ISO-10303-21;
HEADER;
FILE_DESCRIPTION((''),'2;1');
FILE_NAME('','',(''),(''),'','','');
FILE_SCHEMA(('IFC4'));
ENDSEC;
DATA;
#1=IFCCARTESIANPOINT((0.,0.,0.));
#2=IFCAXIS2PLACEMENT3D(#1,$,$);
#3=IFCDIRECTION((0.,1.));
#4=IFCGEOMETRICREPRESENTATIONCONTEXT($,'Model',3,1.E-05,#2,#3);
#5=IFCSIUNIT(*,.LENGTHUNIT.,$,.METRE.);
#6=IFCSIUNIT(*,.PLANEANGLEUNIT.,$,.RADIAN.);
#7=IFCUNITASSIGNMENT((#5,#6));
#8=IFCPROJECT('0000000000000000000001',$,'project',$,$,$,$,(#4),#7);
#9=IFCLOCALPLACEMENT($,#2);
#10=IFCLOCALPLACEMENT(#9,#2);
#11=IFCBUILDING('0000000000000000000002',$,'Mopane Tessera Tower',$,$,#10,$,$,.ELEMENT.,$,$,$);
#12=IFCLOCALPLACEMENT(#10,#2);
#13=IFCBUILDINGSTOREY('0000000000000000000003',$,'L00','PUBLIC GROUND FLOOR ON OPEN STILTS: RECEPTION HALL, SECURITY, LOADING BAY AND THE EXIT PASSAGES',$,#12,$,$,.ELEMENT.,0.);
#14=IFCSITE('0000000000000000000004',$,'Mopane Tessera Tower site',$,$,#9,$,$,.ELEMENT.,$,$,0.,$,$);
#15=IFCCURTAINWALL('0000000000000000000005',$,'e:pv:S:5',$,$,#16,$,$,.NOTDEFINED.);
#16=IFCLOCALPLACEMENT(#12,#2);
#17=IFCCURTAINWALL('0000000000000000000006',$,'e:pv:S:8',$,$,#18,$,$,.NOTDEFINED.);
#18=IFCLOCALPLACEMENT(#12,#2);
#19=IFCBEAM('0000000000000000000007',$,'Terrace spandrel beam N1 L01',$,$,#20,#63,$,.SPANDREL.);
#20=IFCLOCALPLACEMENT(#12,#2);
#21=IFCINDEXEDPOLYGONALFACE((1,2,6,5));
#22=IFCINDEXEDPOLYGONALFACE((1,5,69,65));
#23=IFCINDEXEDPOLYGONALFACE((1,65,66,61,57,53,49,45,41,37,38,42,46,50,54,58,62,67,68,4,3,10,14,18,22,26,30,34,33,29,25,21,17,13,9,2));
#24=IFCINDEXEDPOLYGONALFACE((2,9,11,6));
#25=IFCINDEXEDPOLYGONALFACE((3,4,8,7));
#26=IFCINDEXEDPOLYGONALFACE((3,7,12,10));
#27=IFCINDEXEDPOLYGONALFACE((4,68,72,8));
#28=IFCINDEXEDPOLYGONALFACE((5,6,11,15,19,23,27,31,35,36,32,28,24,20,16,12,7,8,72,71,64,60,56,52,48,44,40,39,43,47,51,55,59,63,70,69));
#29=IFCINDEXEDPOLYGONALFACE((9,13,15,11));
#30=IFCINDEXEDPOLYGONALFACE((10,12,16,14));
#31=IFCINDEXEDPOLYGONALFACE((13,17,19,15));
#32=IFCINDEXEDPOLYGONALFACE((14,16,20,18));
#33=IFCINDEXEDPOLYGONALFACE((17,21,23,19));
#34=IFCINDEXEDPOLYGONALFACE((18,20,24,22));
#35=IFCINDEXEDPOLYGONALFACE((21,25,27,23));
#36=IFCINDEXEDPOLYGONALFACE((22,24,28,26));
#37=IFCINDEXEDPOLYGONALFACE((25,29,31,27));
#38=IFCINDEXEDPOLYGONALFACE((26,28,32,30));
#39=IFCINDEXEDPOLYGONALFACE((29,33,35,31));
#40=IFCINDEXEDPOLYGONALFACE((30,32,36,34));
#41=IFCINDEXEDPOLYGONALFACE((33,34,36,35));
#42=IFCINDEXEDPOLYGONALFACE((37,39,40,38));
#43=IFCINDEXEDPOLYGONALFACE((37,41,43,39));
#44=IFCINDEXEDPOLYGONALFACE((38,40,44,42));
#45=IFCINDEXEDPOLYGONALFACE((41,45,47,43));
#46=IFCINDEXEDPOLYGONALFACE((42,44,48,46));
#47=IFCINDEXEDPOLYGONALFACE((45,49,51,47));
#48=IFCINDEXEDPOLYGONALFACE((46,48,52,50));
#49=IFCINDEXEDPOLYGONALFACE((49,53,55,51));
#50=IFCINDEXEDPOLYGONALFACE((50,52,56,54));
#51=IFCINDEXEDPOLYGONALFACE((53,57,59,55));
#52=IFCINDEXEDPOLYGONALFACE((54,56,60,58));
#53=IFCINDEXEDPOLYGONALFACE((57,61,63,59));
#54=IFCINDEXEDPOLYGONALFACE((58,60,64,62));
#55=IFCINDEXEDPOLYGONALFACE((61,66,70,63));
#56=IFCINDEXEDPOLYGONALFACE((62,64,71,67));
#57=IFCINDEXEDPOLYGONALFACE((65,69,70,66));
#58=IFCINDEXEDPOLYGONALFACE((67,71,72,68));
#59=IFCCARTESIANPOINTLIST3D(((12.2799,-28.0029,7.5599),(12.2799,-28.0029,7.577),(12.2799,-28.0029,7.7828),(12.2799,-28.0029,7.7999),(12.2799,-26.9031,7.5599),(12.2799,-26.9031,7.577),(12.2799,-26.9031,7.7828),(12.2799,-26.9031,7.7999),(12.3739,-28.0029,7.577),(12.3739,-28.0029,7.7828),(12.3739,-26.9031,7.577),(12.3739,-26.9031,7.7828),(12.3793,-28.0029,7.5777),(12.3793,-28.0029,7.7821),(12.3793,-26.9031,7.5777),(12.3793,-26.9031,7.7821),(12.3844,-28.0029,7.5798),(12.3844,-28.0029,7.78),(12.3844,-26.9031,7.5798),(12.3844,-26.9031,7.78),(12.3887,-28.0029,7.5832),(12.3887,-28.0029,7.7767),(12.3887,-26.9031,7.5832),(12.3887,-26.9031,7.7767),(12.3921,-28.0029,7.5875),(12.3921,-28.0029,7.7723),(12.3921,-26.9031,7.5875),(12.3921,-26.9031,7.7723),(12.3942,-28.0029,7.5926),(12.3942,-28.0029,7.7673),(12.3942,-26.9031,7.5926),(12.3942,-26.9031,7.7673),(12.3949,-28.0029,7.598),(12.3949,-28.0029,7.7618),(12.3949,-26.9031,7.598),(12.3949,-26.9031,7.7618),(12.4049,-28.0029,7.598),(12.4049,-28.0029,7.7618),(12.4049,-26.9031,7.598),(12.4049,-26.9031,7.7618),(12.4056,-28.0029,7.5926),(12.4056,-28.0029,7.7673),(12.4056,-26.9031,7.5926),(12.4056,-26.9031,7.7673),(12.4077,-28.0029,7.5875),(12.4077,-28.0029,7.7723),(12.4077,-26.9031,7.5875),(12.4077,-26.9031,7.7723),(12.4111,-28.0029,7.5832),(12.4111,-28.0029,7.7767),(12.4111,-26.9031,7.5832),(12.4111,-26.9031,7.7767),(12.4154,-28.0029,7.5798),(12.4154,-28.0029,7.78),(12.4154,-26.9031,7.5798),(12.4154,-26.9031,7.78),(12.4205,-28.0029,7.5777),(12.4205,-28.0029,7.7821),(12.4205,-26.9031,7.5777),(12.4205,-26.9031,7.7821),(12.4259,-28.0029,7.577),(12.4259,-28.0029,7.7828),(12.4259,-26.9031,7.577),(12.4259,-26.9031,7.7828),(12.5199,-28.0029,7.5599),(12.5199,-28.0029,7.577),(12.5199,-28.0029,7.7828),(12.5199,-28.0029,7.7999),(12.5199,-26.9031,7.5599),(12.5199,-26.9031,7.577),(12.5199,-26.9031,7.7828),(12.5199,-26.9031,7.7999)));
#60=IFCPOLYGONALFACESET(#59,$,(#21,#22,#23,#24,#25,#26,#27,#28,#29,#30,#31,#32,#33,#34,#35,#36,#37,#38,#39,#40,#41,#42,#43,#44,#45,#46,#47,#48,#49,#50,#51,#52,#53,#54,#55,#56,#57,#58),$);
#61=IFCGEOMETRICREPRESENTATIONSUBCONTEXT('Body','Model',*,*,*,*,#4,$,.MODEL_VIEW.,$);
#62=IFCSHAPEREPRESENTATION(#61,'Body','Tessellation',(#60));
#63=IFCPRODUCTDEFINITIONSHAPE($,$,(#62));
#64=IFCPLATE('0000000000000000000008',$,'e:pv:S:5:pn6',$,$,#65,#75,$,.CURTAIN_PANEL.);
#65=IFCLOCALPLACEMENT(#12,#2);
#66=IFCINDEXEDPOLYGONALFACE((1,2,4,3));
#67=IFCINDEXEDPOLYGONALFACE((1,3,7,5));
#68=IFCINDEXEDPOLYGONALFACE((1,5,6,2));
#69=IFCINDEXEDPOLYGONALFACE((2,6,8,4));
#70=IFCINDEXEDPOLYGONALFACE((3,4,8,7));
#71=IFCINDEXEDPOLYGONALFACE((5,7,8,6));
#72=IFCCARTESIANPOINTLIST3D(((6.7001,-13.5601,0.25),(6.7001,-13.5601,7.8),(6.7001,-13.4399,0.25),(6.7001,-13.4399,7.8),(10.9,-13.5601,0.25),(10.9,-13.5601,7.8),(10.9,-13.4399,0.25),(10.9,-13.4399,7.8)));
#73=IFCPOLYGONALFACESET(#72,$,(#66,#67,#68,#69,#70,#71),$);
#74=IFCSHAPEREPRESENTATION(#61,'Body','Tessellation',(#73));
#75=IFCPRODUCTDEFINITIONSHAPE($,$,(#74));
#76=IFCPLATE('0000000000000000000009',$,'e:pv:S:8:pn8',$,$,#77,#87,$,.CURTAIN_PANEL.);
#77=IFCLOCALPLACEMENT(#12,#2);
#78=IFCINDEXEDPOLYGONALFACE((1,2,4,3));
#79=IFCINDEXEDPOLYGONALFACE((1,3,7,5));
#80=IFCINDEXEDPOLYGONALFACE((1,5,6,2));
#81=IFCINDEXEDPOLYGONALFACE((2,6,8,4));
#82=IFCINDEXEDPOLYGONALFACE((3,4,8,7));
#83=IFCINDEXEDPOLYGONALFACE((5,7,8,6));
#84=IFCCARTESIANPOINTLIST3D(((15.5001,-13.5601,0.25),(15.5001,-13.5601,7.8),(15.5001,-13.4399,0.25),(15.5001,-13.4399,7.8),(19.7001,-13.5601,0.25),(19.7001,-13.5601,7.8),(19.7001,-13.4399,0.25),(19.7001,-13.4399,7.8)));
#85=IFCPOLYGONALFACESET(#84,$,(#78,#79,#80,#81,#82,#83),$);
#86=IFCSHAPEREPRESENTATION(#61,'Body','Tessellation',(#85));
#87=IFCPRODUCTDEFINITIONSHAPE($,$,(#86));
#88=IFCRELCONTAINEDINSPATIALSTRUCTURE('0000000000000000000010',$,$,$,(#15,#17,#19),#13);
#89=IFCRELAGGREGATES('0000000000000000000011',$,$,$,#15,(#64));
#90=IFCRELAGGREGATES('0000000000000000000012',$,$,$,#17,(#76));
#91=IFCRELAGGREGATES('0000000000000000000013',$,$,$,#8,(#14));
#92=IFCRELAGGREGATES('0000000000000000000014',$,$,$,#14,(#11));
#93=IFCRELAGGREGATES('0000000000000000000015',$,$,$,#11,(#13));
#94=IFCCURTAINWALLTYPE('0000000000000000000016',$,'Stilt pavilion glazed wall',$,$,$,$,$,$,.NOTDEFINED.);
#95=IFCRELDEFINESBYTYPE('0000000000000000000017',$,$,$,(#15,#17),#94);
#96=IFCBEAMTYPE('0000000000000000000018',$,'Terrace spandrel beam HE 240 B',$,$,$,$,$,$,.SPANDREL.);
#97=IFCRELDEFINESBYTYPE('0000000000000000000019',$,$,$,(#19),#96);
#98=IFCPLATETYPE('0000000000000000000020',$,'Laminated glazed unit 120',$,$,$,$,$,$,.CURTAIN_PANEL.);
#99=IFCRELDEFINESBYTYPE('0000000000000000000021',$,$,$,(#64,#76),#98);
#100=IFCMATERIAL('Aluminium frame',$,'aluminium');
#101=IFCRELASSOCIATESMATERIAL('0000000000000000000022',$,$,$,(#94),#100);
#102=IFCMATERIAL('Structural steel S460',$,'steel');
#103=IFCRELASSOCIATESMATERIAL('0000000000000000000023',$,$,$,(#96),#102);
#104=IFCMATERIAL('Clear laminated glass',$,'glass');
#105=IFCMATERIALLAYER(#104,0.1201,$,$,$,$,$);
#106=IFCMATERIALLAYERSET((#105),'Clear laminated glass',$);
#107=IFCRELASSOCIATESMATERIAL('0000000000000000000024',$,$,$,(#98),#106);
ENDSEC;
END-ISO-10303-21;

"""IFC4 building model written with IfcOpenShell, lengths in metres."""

from ifc_helpers import new_model, si_unit, direction, frame, origin, origin_2d, place, context, subcontext, project, spatial, rectangle, i_section, extrude, material, layer, layer_set, material_profile, profile_set, type_object, element, aggregate, save


model = new_model("IFC4")

# Units and contexts
model_context = context("Model", 3, precision=1e-05, world=origin(), true_north=direction((0.0, 1.0)))
body_context = subcontext(model_context, "Body", "Model", "MODEL_VIEW")
ifc_project = project(units=[si_unit("LENGTHUNIT", "METRE"), si_unit("PLANEANGLEUNIT", "RADIAN")], contexts=[model_context])

# Site, building, storey
site_placement = place(None, origin())
site = spatial("IfcSite", under=ifc_project, at=site_placement, Name="Mopane Tessera Tower site", CompositionType="ELEMENT", RefElevation=0.0)
building_placement = place(site_placement, origin())
building = spatial("IfcBuilding", under=site, at=building_placement, Name="Mopane Tessera Tower", CompositionType="ELEMENT")
storey_placement = place(building_placement, origin())
storey = spatial("IfcBuildingStorey", under=building, at=storey_placement, Name="L00", Description="PUBLIC GROUND FLOOR ON OPEN STILTS: RECEPTION HALL, SECURITY, LOADING BAY AND THE EXIT PASSAGES", CompositionType="ELEMENT", Elevation=0.0)

# Curtain wall
ifc_material_1 = material(Name="Aluminium frame", Category="aluminium")
curtain_wall_type = type_object("IfcCurtainWallType", Name="Stilt pavilion glazed wall", PredefinedType="NOTDEFINED", material=ifc_material_1)
curtain_wall_1_placement = place(storey_placement, origin())
curtain_wall_1 = element("IfcCurtainWall", 1, at=curtain_wall_1_placement, inside=storey, type_object=curtain_wall_type, Name="e:pv:S:5", PredefinedType="NOTDEFINED")

# Curtain wall
curtain_wall_2_placement = place(storey_placement, origin())
curtain_wall_2 = element("IfcCurtainWall", 2, at=curtain_wall_2_placement, inside=storey, type_object=curtain_wall_type, Name="e:pv:S:8", PredefinedType="NOTDEFINED")

# Beam
ifc_material_2 = material(Name="Structural steel S460", Category="steel")
ifc_material_profile_1 = material_profile(ifc_material_2, i_section(OverallWidth=0.24, OverallDepth=0.24, WebThickness=0.01, FlangeThickness=0.0171, FilletRadius=0.021, at=origin_2d()))
ifc_profile_set_1 = profile_set([ifc_material_profile_1], Name="Structural steel S460")
beam_type_1 = type_object("IfcBeamType", Name="Terrace spandrel beam HE 240 B", PredefinedType="SPANDREL", material=ifc_profile_set_1)
beam_1_placement = place(storey_placement, frame((12.3999, -26.9031, 7.6799), z_axis=(0.0, -1.0, 0.0), x_axis=(1.0, 0.0, 0.0)))
element("IfcBeam", 3, at=beam_1_placement, inside=storey, type_object=beam_type_1, Name="Terrace spandrel beam N1 L01", PredefinedType="SPANDREL", context=body_context, shape_type="SweptSolid", body=[
    extrude(i_section(OverallWidth=0.24, OverallDepth=0.24, WebThickness=0.01, FlangeThickness=0.0171, FilletRadius=0.021, at=origin_2d()), origin(), (0.0, 0.0, 1.0), 1.0999),
])

# Plates
ifc_material_3 = material(Name="Clear laminated glass", Category="glass")
ifc_layer_1 = layer(ifc_material_3, 0.1201)
ifc_layer_set_1 = layer_set([ifc_layer_1], Name="Clear laminated glass")
plate_type = type_object("IfcPlateType", Name="Laminated glazed unit 120", PredefinedType="CURTAIN_PANEL", material=ifc_layer_set_1)
plate_1_placement = place(storey_placement, frame((8.8, -13.5, 0.25), z_axis=(0.0, 0.0, 1.0), x_axis=(1.0, 0.0, 0.0)))
plate_1 = element("IfcPlate", 4, at=plate_1_placement, type_object=plate_type, Name="e:pv:S:5:pn6", PredefinedType="CURTAIN_PANEL", context=body_context, shape_type="SweptSolid", body=[
    extrude(rectangle(XDim=4.2, YDim=0.1201, at=origin_2d()), origin(), (0.0, 0.0, 1.0), 7.55),
])
aggregate(curtain_wall_1, [plate_1])
plate_2_placement = place(storey_placement, frame((17.6001, -13.5, 0.25), z_axis=(0.0, 0.0, 1.0), x_axis=(1.0, 0.0, 0.0)))
plate_2 = element("IfcPlate", 5, at=plate_2_placement, type_object=plate_type, Name="e:pv:S:8:pn8", PredefinedType="CURTAIN_PANEL", context=body_context, shape_type="SweptSolid", body=[
    extrude(rectangle(XDim=4.2, YDim=0.1201, at=origin_2d()), origin(), (0.0, 0.0, 1.0), 7.55),
])
aggregate(curtain_wall_2, [plate_2])

save(model, "model.ifc")
